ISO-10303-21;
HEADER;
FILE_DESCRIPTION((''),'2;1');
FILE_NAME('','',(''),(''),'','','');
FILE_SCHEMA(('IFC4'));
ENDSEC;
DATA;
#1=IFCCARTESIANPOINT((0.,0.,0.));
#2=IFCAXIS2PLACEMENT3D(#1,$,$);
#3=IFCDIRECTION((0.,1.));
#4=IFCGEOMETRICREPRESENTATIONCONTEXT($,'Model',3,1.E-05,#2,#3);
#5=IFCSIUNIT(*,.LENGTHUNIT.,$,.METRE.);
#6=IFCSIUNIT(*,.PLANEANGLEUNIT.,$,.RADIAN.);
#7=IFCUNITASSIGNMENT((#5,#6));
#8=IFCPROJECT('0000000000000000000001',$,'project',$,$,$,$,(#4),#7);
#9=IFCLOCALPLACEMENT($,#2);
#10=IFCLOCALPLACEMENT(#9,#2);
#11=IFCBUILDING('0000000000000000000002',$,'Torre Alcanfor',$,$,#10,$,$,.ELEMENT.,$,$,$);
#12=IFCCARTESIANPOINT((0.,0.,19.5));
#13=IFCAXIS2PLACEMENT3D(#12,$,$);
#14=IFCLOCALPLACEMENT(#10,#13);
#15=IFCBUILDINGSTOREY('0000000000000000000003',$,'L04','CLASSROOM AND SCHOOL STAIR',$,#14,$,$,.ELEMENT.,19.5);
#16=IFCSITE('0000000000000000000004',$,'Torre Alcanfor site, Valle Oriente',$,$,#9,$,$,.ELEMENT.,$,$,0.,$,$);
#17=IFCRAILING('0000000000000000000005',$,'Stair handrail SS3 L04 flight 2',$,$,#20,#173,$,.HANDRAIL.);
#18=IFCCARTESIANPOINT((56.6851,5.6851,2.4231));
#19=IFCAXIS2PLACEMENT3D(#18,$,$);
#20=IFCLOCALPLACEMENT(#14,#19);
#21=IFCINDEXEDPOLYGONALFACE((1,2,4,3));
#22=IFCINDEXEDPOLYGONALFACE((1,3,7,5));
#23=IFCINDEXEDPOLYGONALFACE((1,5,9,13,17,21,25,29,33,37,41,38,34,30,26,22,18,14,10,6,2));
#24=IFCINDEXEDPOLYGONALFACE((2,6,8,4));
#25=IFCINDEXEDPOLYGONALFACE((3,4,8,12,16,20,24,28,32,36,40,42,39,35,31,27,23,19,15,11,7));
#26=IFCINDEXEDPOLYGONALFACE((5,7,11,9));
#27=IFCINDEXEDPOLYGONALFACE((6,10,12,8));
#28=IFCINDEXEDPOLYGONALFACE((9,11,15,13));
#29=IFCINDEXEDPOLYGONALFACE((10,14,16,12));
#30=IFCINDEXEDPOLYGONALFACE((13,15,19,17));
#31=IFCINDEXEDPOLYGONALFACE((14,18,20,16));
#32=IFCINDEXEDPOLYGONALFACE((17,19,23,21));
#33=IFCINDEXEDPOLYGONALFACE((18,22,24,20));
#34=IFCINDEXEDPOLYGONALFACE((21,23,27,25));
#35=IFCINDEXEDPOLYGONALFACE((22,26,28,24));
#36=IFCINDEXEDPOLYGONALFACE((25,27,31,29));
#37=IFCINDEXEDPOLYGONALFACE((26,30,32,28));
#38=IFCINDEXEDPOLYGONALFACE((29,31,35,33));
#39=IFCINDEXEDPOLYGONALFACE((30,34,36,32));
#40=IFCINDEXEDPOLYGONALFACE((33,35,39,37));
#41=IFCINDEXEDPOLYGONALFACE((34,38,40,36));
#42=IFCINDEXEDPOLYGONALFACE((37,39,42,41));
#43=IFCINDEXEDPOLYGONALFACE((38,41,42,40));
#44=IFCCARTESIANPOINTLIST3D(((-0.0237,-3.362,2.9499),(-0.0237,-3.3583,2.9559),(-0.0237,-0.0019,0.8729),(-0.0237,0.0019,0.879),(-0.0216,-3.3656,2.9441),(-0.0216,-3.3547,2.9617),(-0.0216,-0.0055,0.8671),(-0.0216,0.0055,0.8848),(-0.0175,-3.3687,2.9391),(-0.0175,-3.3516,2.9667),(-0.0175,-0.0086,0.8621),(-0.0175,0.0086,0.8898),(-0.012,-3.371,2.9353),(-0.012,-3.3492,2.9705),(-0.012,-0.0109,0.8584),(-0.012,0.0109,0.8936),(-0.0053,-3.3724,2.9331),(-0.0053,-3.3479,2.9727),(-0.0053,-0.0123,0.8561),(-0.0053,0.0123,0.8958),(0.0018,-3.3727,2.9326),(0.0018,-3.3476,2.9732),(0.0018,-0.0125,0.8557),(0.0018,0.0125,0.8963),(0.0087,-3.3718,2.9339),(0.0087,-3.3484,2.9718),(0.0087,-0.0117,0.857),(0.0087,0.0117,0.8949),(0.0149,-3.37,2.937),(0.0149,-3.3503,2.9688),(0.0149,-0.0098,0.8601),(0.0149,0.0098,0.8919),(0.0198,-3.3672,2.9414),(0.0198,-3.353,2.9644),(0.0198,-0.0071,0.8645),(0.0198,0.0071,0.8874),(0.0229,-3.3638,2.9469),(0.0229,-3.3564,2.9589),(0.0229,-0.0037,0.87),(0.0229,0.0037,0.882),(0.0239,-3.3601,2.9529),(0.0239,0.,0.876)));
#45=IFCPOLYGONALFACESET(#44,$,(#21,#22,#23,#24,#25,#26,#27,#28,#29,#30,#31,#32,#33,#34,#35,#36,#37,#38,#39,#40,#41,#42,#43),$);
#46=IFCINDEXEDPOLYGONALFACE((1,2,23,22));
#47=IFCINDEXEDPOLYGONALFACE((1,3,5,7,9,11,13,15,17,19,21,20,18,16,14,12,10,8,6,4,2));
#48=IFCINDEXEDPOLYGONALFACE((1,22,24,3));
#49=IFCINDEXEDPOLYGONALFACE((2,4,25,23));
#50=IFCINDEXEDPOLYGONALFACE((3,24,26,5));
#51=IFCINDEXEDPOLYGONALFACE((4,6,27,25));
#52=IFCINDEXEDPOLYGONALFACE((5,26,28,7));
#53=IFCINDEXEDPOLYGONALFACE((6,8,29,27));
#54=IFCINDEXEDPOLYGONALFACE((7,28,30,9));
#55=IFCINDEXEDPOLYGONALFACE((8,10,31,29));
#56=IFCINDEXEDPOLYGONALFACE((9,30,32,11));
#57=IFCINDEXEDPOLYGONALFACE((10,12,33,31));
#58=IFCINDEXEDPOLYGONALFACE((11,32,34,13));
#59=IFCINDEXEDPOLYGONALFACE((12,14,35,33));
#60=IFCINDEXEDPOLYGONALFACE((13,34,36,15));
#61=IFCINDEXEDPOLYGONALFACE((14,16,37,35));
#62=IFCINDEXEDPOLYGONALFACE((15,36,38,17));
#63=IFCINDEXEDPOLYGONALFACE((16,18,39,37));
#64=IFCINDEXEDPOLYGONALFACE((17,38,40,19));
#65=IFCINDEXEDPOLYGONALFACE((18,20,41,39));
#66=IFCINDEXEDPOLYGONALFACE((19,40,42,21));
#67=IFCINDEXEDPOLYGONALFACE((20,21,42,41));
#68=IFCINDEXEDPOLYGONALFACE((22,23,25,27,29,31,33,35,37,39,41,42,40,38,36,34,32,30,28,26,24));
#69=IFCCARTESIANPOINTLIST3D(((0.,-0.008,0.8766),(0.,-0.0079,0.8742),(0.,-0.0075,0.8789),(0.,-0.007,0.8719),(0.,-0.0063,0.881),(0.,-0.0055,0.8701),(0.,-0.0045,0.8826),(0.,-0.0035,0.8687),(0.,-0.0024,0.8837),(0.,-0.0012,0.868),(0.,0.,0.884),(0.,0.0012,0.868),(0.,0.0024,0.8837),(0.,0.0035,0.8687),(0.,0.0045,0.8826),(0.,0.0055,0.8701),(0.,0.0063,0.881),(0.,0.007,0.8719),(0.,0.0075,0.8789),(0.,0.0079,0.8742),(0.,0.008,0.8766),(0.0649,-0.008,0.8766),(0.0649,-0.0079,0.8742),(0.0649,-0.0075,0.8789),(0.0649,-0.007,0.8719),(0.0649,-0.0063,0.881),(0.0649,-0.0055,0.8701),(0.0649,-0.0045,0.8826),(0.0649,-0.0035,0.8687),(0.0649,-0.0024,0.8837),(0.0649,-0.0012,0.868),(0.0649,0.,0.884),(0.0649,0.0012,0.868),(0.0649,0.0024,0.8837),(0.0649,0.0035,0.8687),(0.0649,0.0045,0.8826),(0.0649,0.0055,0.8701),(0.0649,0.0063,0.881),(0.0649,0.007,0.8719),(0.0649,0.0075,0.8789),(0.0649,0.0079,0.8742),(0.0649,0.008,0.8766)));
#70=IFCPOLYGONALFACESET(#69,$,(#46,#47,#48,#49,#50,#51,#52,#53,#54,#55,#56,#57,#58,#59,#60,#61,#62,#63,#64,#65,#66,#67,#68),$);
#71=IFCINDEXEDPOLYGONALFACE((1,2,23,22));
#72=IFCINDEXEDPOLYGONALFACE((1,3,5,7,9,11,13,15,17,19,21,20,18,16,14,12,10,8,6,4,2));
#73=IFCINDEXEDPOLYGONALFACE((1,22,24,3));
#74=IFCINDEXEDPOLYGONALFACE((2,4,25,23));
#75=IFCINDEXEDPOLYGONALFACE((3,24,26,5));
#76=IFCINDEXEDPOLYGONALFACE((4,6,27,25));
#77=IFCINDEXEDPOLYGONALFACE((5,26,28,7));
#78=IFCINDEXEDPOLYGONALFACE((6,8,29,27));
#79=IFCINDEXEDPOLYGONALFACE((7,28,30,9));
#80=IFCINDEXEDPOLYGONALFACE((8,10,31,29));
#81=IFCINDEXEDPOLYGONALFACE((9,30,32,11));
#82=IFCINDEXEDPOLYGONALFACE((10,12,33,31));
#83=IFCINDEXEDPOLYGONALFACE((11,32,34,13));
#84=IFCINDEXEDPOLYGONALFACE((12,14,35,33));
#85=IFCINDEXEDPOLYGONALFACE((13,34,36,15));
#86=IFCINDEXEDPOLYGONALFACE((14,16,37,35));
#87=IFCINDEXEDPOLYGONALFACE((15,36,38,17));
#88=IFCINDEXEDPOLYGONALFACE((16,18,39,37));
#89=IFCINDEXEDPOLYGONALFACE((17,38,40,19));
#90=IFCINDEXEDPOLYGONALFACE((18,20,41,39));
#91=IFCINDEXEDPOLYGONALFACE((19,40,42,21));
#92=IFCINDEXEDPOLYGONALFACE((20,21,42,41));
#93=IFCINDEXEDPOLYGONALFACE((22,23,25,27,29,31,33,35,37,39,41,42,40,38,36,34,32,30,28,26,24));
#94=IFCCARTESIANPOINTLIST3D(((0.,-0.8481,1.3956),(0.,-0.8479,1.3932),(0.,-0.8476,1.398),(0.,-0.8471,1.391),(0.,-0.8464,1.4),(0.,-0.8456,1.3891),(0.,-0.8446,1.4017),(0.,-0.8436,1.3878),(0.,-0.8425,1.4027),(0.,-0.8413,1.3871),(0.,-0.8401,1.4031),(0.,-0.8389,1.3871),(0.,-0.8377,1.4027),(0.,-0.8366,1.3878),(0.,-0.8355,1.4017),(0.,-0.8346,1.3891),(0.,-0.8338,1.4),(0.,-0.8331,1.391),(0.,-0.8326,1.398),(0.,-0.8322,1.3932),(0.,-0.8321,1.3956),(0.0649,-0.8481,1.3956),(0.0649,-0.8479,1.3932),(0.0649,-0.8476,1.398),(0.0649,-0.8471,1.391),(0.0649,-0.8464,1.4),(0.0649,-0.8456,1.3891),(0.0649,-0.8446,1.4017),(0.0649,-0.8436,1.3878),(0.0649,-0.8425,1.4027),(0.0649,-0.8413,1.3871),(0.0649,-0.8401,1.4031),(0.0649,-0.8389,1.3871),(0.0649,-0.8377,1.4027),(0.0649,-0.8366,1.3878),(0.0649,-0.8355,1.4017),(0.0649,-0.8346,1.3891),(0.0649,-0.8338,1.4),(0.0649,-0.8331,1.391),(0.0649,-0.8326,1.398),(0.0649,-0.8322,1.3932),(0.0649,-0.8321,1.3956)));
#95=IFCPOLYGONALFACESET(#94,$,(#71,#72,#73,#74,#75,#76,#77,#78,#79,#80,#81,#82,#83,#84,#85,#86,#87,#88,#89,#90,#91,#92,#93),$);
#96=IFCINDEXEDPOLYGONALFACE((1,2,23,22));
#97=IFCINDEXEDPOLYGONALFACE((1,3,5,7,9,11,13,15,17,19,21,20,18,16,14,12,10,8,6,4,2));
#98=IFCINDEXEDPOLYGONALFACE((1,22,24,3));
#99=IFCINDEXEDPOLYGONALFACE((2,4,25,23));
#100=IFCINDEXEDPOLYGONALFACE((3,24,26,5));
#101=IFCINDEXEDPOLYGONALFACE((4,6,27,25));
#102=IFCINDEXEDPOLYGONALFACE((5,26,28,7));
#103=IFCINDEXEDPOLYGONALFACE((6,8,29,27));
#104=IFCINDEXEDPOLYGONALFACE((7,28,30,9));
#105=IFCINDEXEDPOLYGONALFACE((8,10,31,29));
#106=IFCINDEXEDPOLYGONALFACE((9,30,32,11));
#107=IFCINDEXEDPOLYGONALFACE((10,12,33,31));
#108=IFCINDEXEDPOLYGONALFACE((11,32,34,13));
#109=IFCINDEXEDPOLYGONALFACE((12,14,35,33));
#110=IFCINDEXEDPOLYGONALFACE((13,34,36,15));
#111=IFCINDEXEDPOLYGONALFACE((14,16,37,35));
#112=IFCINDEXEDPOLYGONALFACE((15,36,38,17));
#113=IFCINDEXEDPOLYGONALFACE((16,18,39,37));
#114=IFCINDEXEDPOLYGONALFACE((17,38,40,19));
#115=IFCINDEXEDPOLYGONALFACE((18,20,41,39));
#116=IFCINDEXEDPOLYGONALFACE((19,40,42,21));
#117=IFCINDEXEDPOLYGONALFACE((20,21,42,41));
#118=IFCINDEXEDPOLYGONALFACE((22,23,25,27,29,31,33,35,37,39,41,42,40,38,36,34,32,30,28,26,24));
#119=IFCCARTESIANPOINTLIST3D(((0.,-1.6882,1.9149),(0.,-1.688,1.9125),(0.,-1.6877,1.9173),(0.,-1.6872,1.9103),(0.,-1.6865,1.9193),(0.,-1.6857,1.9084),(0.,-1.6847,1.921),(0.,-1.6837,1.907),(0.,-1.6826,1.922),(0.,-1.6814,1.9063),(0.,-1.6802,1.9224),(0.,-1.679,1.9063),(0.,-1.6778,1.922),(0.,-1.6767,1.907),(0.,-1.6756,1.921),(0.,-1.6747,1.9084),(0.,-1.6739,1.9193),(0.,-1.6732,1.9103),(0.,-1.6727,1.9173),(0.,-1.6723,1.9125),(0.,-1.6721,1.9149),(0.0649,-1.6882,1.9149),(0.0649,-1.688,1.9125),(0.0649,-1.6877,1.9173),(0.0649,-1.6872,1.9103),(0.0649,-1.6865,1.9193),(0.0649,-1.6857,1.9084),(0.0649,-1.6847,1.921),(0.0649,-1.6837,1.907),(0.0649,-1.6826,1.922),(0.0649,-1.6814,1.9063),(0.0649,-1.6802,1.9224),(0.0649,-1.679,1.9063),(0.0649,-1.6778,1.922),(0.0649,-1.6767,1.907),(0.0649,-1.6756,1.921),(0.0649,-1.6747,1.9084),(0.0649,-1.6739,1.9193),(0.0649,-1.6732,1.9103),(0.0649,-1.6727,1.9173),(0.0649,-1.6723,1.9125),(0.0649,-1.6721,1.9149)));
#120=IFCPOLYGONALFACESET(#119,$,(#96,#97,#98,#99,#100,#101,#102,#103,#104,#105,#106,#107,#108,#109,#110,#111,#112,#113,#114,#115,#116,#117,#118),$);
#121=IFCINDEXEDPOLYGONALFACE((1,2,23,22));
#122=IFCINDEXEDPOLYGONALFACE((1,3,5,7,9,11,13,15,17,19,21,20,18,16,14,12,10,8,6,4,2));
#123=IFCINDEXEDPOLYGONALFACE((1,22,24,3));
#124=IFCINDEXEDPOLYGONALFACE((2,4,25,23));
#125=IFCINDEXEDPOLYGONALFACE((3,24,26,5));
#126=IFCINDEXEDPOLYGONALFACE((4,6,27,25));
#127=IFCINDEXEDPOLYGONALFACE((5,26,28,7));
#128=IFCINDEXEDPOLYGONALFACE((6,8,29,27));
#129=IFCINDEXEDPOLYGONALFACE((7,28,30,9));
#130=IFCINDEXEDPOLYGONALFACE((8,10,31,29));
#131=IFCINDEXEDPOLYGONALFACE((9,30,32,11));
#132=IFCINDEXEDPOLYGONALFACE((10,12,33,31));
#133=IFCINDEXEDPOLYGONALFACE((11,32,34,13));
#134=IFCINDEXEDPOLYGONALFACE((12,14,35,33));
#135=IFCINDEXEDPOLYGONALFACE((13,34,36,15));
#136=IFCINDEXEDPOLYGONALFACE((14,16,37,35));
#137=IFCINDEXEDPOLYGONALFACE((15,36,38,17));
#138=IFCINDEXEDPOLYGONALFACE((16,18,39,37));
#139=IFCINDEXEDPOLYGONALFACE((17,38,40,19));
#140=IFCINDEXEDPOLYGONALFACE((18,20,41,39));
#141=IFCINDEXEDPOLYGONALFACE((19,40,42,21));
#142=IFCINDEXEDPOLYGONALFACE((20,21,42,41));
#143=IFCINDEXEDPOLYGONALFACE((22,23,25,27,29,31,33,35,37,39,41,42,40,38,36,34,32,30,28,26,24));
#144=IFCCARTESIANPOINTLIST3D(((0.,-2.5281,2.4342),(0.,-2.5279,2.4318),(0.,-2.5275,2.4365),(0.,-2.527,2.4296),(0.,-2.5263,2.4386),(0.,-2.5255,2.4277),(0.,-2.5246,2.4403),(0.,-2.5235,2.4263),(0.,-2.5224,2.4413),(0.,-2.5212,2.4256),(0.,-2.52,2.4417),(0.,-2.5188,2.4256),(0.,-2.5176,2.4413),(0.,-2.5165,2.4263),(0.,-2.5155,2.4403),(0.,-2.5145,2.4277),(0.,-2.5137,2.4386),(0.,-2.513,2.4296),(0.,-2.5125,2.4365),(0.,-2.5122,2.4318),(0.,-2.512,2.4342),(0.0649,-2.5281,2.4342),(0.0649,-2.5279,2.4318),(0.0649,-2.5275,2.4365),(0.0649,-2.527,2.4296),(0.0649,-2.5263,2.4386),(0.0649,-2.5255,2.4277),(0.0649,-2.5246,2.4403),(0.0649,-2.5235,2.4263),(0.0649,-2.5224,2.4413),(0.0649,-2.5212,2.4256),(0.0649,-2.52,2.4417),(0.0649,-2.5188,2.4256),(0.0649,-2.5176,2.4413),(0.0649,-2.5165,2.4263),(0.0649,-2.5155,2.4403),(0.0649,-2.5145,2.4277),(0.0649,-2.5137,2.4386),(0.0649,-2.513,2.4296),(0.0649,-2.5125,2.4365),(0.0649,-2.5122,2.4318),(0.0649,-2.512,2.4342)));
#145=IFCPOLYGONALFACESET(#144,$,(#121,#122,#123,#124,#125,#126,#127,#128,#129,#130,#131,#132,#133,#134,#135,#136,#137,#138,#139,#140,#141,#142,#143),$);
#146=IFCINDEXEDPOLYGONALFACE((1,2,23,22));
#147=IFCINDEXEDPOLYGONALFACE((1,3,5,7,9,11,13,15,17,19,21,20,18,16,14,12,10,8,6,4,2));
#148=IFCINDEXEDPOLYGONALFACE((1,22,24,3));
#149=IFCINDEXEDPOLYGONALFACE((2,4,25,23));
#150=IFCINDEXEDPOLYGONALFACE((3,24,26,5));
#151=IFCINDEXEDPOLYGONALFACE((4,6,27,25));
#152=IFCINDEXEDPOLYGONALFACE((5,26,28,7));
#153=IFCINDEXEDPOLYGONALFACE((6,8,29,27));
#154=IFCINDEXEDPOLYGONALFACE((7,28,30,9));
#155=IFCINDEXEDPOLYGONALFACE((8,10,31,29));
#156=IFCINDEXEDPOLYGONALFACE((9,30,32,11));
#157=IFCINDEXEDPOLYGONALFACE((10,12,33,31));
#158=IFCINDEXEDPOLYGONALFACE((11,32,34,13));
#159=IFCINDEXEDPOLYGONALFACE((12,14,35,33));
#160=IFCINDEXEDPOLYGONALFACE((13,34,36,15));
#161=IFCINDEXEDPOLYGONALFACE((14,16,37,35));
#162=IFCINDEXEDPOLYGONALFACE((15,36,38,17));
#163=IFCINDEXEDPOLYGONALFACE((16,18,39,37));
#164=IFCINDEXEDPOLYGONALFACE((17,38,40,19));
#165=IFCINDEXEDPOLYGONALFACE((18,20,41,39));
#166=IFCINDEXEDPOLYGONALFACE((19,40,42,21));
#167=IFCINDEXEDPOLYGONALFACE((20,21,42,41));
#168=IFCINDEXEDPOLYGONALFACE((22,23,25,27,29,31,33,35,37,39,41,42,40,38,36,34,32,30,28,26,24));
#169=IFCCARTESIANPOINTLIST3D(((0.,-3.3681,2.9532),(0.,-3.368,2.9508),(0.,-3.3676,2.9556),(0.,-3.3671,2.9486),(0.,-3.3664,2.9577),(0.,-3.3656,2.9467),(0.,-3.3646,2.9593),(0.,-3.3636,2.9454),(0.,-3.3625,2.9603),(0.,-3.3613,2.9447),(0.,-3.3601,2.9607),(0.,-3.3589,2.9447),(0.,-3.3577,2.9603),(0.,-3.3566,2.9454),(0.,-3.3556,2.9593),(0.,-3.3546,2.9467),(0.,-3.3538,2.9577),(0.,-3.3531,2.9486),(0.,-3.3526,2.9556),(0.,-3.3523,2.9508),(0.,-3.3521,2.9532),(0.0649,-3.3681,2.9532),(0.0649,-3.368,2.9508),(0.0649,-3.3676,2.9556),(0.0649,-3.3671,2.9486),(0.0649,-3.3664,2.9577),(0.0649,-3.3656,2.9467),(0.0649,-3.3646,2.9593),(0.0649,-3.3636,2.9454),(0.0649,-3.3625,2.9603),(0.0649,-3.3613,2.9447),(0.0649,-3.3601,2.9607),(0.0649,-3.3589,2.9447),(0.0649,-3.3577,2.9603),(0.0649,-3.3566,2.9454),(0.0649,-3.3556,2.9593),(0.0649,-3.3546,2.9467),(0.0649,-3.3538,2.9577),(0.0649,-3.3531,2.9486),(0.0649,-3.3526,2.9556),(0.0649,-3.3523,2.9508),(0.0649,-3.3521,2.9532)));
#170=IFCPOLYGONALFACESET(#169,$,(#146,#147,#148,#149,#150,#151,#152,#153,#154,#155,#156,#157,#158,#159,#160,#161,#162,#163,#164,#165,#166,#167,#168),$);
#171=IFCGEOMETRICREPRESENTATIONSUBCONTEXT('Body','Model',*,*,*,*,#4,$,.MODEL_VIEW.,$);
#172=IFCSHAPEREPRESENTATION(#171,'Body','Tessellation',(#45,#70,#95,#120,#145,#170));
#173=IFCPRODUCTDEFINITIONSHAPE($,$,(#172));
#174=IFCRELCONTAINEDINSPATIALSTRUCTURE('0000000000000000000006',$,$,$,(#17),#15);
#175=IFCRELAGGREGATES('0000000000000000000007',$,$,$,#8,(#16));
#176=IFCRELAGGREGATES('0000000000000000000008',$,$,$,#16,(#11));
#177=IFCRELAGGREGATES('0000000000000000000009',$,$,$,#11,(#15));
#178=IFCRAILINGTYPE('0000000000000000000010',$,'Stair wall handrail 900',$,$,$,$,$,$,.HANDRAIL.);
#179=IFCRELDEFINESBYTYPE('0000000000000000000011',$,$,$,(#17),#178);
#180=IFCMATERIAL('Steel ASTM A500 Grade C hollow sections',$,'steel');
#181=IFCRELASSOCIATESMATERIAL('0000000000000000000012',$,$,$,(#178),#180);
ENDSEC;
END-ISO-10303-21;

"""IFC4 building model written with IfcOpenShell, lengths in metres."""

from ifc_helpers import new_model, si_unit, direction, frame, origin, origin_2d, place, context, subcontext, project, spatial, circle, extrude, material, type_object, element, save


model = new_model("IFC4")

# Units and contexts
model_context = context("Model", 3, precision=1e-05, world=origin(), true_north=direction((0.0, 1.0)))
body_context = subcontext(model_context, "Body", "Model", "MODEL_VIEW")
ifc_project = project(units=[si_unit("LENGTHUNIT", "METRE"), si_unit("PLANEANGLEUNIT", "RADIAN")], contexts=[model_context])

# Site, building, storey
site_placement = place(None, origin())
site = spatial("IfcSite", under=ifc_project, at=site_placement, Name="Torre Alcanfor site, Valle Oriente", CompositionType="ELEMENT", RefElevation=0.0)
building_placement = place(site_placement, origin())
building = spatial("IfcBuilding", under=site, at=building_placement, Name="Torre Alcanfor", CompositionType="ELEMENT")
storey_placement = place(building_placement, frame((0.0, 0.0, 19.5)))
storey = spatial("IfcBuildingStorey", under=building, at=storey_placement, Name="L04", Description="CLASSROOM AND SCHOOL STAIR", CompositionType="ELEMENT", Elevation=19.5)

# Railing
ifc_material_1 = material(Name="Steel ASTM A500 Grade C hollow sections", Category="steel")
railing_type_1 = type_object("IfcRailingType", Name="Stair wall handrail 900", PredefinedType="HANDRAIL", material=ifc_material_1)
railing_1_placement = place(storey_placement, frame((56.6851, 5.6851, 2.4231)))
element("IfcRailing", 1, at=railing_1_placement, inside=storey, type_object=railing_type_1, Name="Stair handrail SS3 L04 flight 2", PredefinedType="HANDRAIL", context=body_context, shape_type="SweptSolid", body=[
    extrude(circle(Radius=0.0239, at=origin_2d()), frame((0.0, 0.0, 0.876), z_axis=(0.0, -0.850623, 0.525776), x_axis=(1.0, 0.0, 0.0)), (0.0, 0.0, 1.0), 3.9502),
    extrude(circle(Radius=0.0081, at=origin_2d()), frame((0.0, 0.0, 0.876), z_axis=(1.0, 0.0, 0.0), x_axis=(0.0, 0.0, 1.0)), (0.0, 0.0, 1.0), 0.0649),
    extrude(circle(Radius=0.0081, at=origin_2d()), frame((0.0, -0.8401, 1.395), z_axis=(1.0, 0.0, 0.0), x_axis=(0.0, 0.0, 1.0)), (0.0, 0.0, 1.0), 0.0649),
    extrude(circle(Radius=0.0081, at=origin_2d()), frame((0.0, -1.6802, 1.9143), z_axis=(1.0, 0.0, 0.0), x_axis=(0.0, 0.0, 1.0)), (0.0, 0.0, 1.0), 0.0649),
    extrude(circle(Radius=0.0081, at=origin_2d()), frame((0.0, -2.52, 2.4336), z_axis=(1.0, 0.0, 0.0), x_axis=(0.0, 0.0, 1.0)), (0.0, 0.0, 1.0), 0.0649),
    extrude(circle(Radius=0.0081, at=origin_2d()), frame((0.0, -3.3601, 2.9526), z_axis=(1.0, 0.0, 0.0), x_axis=(0.0, 0.0, 1.0)), (0.0, 0.0, 1.0), 0.0649),
])

save(model, "model.ifc")
